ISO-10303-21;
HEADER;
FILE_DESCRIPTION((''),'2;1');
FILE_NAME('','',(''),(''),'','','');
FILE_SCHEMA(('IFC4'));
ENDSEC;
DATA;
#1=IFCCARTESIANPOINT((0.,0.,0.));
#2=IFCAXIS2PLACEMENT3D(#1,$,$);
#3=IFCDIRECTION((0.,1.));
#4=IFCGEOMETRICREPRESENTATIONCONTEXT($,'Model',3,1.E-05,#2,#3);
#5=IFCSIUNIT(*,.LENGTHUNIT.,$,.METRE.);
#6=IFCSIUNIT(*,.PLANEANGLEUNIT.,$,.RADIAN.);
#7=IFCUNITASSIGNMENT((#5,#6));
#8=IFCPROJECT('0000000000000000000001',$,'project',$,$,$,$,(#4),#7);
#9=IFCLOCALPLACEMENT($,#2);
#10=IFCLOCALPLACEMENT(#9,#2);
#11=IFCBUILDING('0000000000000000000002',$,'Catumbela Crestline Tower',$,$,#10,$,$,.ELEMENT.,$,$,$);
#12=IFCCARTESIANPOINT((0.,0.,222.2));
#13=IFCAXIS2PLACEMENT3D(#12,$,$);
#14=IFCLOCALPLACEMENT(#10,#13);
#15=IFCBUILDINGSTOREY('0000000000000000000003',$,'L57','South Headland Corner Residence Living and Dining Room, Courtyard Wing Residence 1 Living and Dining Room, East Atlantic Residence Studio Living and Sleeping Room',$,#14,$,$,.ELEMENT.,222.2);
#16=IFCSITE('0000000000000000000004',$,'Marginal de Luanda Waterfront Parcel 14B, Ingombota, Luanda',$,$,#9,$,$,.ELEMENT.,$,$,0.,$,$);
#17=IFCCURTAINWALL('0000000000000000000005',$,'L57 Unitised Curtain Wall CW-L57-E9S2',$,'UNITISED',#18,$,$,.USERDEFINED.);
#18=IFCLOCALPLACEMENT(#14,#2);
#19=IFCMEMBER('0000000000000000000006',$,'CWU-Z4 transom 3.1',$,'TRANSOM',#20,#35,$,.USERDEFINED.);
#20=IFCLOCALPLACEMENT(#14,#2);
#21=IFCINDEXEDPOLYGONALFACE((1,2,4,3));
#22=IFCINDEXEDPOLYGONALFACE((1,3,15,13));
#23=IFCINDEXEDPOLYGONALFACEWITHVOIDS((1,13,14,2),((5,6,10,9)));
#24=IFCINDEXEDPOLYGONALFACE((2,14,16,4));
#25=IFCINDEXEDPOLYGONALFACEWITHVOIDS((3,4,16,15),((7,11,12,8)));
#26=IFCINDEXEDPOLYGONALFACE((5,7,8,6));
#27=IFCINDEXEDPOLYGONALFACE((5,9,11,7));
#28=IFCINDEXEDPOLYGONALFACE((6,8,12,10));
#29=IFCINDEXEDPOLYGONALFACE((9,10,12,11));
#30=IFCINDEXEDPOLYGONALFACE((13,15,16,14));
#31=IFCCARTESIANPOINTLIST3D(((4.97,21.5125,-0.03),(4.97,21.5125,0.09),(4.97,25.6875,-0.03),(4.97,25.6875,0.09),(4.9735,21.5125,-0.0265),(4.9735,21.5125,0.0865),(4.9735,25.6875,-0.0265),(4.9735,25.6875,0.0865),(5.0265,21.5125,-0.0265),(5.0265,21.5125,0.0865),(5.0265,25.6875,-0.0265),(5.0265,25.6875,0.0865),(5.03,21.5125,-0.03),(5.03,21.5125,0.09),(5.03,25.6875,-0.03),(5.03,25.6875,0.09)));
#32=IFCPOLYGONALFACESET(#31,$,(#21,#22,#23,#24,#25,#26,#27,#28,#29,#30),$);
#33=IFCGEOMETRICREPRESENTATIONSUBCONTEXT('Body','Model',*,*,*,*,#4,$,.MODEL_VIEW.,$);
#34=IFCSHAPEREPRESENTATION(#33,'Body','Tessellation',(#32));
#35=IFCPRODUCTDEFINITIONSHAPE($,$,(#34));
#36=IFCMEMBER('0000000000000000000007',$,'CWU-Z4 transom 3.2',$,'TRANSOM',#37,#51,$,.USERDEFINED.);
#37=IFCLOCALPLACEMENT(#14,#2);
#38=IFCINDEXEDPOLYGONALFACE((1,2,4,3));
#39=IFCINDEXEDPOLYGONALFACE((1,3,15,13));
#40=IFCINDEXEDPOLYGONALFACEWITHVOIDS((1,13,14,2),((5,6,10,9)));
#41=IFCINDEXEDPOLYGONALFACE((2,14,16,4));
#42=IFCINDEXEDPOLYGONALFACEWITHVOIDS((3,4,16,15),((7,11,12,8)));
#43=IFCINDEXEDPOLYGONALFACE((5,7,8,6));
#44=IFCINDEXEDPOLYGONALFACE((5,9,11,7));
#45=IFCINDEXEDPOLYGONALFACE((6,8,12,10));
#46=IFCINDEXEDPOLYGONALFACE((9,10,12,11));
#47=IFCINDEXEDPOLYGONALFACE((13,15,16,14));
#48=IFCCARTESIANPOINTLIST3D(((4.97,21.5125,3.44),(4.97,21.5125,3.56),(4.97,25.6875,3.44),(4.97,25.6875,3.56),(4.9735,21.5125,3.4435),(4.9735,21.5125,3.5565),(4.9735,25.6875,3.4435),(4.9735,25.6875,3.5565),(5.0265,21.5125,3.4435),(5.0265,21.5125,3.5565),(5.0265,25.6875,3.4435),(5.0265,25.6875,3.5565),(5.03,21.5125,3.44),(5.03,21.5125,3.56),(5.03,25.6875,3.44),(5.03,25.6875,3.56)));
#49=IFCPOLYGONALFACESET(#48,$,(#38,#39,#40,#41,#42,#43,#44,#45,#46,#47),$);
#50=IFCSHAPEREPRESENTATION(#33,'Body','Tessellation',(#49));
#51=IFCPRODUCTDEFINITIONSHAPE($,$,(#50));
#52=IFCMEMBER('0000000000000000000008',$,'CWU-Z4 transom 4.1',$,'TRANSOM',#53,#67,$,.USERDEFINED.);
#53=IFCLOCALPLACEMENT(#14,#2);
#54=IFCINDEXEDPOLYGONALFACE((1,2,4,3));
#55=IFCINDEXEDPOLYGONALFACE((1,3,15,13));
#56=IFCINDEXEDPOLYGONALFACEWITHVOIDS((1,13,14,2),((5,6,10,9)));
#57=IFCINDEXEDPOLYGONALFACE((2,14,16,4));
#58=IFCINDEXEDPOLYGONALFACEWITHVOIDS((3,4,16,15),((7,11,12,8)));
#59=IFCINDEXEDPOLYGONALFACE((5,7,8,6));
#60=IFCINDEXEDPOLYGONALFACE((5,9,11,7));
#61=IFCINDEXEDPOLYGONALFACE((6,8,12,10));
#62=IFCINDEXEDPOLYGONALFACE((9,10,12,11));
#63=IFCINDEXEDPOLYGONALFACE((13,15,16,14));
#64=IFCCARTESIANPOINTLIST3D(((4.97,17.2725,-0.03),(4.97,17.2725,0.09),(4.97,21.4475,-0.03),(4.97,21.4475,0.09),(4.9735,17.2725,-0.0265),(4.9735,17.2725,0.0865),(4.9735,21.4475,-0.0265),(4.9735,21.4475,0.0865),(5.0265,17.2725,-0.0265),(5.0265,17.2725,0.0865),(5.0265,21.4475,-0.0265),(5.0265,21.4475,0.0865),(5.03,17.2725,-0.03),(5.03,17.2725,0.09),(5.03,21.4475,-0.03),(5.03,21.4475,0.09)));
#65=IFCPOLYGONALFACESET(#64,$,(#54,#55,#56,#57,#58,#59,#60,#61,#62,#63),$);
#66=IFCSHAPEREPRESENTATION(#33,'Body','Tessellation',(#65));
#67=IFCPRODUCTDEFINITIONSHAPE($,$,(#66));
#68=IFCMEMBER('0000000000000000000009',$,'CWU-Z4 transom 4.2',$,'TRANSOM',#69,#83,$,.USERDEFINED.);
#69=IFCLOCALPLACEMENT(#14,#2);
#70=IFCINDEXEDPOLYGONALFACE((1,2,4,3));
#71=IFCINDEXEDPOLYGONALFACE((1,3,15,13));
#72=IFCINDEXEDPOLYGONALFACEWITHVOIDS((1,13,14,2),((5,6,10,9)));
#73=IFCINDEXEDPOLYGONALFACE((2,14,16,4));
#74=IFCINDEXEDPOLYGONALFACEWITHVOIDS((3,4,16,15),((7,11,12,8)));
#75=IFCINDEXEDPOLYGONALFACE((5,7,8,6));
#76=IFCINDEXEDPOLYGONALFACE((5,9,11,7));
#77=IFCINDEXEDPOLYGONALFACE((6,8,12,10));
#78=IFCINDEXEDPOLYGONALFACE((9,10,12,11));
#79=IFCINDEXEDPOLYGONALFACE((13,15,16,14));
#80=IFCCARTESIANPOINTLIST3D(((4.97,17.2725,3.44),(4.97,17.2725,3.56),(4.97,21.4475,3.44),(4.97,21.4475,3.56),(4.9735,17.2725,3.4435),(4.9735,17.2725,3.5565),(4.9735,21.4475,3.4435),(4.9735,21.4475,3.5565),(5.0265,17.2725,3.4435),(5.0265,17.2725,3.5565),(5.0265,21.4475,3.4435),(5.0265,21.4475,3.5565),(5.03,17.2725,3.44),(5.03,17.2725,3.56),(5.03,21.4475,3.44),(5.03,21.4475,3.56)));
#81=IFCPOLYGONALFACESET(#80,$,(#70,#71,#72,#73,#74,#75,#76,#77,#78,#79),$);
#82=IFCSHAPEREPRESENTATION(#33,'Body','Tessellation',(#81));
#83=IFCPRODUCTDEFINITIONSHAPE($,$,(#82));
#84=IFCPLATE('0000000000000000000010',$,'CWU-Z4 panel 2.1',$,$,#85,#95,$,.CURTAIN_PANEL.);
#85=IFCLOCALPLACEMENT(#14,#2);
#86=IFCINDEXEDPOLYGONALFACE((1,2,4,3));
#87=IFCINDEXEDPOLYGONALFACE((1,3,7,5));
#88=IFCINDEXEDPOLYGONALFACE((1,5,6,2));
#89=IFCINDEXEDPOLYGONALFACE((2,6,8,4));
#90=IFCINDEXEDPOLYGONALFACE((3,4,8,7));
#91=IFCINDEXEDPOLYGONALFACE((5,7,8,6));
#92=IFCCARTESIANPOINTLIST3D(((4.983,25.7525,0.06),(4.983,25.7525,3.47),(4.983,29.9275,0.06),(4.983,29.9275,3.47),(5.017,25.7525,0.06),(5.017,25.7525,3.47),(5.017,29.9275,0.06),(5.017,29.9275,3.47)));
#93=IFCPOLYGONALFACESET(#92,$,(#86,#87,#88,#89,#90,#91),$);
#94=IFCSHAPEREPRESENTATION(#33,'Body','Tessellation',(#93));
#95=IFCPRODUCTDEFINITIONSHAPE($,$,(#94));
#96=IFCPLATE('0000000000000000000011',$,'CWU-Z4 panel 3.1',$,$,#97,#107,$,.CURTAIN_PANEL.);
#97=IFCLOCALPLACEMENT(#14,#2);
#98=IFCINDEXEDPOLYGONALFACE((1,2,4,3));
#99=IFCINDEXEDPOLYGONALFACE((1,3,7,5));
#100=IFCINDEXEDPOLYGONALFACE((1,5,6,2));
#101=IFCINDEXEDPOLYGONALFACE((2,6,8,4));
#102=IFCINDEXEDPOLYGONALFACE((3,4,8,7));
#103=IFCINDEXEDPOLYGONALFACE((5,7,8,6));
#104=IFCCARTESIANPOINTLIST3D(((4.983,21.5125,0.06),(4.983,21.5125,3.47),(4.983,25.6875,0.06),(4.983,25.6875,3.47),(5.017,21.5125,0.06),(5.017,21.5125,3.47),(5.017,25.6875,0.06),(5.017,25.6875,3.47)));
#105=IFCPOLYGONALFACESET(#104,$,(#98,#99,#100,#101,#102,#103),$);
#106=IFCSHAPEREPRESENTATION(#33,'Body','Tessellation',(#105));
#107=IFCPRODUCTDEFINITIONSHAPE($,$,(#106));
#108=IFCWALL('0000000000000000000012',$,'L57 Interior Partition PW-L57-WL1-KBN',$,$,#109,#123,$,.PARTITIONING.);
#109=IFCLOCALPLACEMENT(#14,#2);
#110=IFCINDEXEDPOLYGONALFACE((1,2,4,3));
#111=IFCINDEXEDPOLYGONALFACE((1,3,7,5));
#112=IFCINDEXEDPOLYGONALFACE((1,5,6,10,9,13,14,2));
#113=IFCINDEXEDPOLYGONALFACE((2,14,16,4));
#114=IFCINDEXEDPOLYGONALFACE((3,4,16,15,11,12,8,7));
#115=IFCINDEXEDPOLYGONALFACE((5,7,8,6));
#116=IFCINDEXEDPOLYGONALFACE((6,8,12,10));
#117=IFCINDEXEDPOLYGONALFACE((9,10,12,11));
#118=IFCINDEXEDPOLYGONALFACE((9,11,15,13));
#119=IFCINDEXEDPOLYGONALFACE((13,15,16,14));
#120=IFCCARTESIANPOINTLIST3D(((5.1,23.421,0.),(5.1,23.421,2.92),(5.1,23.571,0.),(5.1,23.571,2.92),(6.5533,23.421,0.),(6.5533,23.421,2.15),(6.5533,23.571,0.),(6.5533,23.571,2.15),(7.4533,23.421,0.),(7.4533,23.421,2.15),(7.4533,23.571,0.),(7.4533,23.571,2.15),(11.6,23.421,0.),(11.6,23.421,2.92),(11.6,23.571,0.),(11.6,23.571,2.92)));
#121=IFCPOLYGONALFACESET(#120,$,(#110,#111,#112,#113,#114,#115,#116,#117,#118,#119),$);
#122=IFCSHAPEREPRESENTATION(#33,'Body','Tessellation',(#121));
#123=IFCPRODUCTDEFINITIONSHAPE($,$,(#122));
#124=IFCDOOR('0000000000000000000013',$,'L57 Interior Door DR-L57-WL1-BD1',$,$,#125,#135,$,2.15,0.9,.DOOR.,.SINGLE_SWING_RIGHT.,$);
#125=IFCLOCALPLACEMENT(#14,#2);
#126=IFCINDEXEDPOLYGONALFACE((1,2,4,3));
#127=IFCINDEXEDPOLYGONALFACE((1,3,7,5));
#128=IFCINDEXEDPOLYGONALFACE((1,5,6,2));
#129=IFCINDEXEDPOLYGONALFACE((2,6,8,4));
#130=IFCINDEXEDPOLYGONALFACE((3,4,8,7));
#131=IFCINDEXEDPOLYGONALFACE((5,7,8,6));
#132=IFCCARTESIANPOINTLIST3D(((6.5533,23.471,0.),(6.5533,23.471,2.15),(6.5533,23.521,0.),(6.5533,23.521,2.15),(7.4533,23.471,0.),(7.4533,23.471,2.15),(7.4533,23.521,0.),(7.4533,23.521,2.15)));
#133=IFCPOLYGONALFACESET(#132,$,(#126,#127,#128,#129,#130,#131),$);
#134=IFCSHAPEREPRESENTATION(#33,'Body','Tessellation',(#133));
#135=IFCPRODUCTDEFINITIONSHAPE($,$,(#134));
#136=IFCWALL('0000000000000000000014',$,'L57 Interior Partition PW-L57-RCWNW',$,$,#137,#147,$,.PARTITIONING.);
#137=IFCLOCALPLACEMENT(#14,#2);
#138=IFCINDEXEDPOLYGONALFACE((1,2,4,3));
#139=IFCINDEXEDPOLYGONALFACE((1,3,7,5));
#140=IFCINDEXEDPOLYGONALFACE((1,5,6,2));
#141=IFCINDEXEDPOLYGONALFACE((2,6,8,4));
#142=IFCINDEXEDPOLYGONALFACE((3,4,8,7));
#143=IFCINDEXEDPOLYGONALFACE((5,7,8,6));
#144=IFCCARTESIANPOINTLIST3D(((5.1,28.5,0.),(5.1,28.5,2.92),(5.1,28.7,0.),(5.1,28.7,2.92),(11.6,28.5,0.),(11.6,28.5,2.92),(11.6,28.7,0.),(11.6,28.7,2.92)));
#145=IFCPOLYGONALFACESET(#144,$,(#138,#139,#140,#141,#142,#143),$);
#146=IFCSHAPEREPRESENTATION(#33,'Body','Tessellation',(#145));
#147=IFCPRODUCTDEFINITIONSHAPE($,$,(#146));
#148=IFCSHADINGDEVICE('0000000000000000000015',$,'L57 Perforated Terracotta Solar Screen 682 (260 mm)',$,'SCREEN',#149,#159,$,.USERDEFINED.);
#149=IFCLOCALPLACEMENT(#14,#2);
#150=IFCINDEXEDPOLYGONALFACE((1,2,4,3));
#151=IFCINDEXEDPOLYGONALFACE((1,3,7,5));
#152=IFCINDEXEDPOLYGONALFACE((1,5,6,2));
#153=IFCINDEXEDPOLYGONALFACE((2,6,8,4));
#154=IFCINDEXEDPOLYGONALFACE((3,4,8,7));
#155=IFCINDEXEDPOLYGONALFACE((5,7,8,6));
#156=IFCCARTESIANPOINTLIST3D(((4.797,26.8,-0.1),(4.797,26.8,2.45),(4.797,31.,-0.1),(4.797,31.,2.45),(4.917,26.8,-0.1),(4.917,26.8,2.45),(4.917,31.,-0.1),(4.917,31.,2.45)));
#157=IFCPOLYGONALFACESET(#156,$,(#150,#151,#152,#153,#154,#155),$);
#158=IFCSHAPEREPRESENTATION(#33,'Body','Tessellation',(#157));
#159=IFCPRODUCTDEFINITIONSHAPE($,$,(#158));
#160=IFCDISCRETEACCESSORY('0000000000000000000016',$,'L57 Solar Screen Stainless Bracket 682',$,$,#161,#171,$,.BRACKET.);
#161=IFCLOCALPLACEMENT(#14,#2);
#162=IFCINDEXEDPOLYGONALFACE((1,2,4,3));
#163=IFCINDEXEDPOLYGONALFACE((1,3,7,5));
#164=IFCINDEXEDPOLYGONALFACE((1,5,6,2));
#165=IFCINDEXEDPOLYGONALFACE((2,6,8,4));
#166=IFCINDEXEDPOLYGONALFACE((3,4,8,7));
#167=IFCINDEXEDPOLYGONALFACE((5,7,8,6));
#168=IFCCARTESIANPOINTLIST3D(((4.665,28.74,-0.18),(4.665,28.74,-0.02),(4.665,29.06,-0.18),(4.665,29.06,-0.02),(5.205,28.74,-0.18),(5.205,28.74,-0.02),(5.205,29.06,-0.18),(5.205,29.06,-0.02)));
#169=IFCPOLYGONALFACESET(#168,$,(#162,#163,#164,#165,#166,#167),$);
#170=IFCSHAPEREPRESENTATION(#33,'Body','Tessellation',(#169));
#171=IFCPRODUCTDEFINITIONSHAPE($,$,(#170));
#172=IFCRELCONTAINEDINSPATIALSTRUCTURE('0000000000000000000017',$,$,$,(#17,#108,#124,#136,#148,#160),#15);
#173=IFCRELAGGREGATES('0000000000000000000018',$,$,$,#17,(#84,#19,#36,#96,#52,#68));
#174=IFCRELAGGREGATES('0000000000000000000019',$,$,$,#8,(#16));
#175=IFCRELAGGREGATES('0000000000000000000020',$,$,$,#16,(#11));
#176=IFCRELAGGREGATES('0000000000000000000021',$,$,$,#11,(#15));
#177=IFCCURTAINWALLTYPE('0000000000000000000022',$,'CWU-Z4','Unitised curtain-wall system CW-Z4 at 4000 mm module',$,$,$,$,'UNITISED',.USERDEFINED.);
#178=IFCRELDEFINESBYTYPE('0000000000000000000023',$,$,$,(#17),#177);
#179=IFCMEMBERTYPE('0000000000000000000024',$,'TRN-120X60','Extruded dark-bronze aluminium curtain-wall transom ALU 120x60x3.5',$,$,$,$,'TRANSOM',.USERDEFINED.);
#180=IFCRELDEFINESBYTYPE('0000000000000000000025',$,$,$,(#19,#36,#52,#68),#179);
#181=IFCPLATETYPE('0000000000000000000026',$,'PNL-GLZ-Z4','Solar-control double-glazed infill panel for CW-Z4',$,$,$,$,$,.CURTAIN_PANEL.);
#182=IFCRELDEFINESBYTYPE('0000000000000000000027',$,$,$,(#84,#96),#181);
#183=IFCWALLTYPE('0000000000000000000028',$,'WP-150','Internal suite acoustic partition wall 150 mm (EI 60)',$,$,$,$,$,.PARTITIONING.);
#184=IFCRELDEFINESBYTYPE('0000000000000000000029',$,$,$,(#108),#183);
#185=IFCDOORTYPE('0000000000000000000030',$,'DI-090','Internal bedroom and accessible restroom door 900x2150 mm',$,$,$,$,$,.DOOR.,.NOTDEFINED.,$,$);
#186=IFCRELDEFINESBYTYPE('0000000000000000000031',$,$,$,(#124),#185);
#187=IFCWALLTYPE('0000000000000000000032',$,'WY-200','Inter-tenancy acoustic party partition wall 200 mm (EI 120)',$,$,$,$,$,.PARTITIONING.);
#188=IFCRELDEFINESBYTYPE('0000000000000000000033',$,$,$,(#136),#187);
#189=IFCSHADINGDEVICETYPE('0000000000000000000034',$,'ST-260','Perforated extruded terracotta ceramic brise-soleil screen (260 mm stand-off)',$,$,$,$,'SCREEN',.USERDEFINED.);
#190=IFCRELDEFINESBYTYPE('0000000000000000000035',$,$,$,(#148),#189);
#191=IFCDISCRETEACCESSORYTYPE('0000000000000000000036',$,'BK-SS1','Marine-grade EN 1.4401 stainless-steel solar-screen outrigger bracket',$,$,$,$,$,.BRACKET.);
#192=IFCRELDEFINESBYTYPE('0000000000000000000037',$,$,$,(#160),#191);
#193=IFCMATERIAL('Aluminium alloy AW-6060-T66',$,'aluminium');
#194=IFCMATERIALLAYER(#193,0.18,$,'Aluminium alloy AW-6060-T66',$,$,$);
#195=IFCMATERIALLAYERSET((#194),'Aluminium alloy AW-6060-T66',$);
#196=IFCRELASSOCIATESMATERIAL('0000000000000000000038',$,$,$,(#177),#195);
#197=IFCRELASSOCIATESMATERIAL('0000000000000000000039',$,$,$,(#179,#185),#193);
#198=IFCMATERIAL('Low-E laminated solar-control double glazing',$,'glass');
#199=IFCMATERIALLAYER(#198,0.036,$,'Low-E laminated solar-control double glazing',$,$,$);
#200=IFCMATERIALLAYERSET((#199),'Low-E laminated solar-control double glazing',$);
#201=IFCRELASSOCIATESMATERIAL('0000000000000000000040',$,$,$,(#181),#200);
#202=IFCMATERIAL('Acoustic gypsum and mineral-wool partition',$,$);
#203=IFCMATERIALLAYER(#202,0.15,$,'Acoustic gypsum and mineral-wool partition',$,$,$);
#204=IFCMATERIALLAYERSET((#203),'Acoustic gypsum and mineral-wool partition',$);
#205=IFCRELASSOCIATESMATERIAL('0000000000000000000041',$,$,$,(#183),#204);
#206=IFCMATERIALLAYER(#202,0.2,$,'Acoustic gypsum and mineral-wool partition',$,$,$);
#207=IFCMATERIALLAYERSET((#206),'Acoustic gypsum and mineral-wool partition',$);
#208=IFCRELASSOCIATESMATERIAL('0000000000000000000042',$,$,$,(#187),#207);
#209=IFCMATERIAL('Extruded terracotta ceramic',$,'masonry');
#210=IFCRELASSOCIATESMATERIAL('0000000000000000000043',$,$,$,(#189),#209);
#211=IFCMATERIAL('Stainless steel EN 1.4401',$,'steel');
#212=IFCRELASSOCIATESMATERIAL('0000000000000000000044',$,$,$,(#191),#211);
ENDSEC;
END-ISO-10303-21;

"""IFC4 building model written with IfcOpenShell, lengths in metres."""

from ifc_helpers import new_model, si_unit, direction, frame, frame_2d, origin, origin_2d, place, context, subcontext, project, spatial, rectangle, hollow_rectangle, extrude, material, layer, layer_set, material_profile, profile_set, type_object, element, fill, aggregate, save


model = new_model("IFC4")

# Units and contexts
model_context = context("Model", 3, precision=1e-05, world=origin(), true_north=direction((0.0, 1.0)))
body_context = subcontext(model_context, "Body", "Model", "MODEL_VIEW")
ifc_project = project(units=[si_unit("LENGTHUNIT", "METRE"), si_unit("PLANEANGLEUNIT", "RADIAN")], contexts=[model_context])

# Site, building, storey
site_placement = place(None, origin())
site = spatial("IfcSite", under=ifc_project, at=site_placement, Name="Marginal de Luanda Waterfront Parcel 14B, Ingombota, Luanda", CompositionType="ELEMENT", RefElevation=0.0)
building_placement = place(site_placement, origin())
building = spatial("IfcBuilding", under=site, at=building_placement, Name="Catumbela Crestline Tower", CompositionType="ELEMENT")
storey_placement = place(building_placement, frame((0.0, 0.0, 222.2)))
storey = spatial("IfcBuildingStorey", under=building, at=storey_placement, Name="L57", Description="South Headland Corner Residence Living and Dining Room, Courtyard Wing Residence 1 Living and Dining Room, East Atlantic Residence Studio Living and Sleeping Room", CompositionType="ELEMENT", Elevation=222.2)

# Curtain wall
ifc_material_1 = material(Name="Aluminium alloy AW-6060-T66", Category="aluminium")
ifc_layer_1 = layer(ifc_material_1, 0.18, Name="Aluminium alloy AW-6060-T66")
ifc_layer_set_1 = layer_set([ifc_layer_1], Name="Aluminium alloy AW-6060-T66")
curtain_wall_type = type_object("IfcCurtainWallType", Name="CWU-Z4", Description="Unitised curtain-wall system CW-Z4 at 4000 mm module", ElementType="UNITISED", PredefinedType="USERDEFINED", material=ifc_layer_set_1)
curtain_wall_placement = place(storey_placement, origin())
curtain_wall = element("IfcCurtainWall", 1, at=curtain_wall_placement, inside=storey, type_object=curtain_wall_type, Name="L57 Unitised Curtain Wall CW-L57-E9S2", ObjectType="UNITISED", PredefinedType="USERDEFINED")

# Members
ifc_material_profile_1 = material_profile(ifc_material_1, hollow_rectangle(XDim=0.06, YDim=0.12, WallThickness=0.0035, at=origin_2d()), Name="ALU 120x60x3.5")
ifc_profile_set_1 = profile_set([ifc_material_profile_1], Name="Aluminium alloy AW-6060-T66")
member_type_1 = type_object("IfcMemberType", Name="TRN-120X60", Description="Extruded dark-bronze aluminium curtain-wall transom ALU 120x60x3.5", ElementType="TRANSOM", PredefinedType="USERDEFINED", material=ifc_profile_set_1)
member_1_placement = place(storey_placement, frame((5.0, 25.6875, 0.03), z_axis=(0.0, -1.0, 0.0), x_axis=(1.0, 0.0, 0.0)))
member_1 = element("IfcMember", 2, at=member_1_placement, type_object=member_type_1, Name="CWU-Z4 transom 3.1", ObjectType="TRANSOM", PredefinedType="USERDEFINED", context=body_context, shape_type="SweptSolid", body=[
    extrude(hollow_rectangle(XDim=0.06, YDim=0.12, WallThickness=0.0035, at=origin_2d()), origin(), (0.0, 0.0, 1.0), 4.175),
])
member_2_placement = place(storey_placement, frame((5.0, 25.6875, 3.5), z_axis=(0.0, -1.0, 0.0), x_axis=(1.0, 0.0, 0.0)))
member_2 = element("IfcMember", 3, at=member_2_placement, type_object=member_type_1, Name="CWU-Z4 transom 3.2", ObjectType="TRANSOM", PredefinedType="USERDEFINED", context=body_context, shape_type="SweptSolid", body=[
    extrude(hollow_rectangle(XDim=0.06, YDim=0.12, WallThickness=0.0035, at=origin_2d()), origin(), (0.0, 0.0, 1.0), 4.175),
])
member_3_placement = place(storey_placement, frame((5.0, 21.4475, 0.03), z_axis=(0.0, -1.0, 0.0), x_axis=(1.0, 0.0, 0.0)))
member_3 = element("IfcMember", 4, at=member_3_placement, type_object=member_type_1, Name="CWU-Z4 transom 4.1", ObjectType="TRANSOM", PredefinedType="USERDEFINED", context=body_context, shape_type="SweptSolid", body=[
    extrude(hollow_rectangle(XDim=0.06, YDim=0.12, WallThickness=0.0035, at=origin_2d()), origin(), (0.0, 0.0, 1.0), 4.175),
])
member_4_placement = place(storey_placement, frame((5.0, 21.4475, 3.5), z_axis=(0.0, -1.0, 0.0), x_axis=(1.0, 0.0, 0.0)))
member_4 = element("IfcMember", 5, at=member_4_placement, type_object=member_type_1, Name="CWU-Z4 transom 4.2", ObjectType="TRANSOM", PredefinedType="USERDEFINED", context=body_context, shape_type="SweptSolid", body=[
    extrude(hollow_rectangle(XDim=0.06, YDim=0.12, WallThickness=0.0035, at=origin_2d()), origin(), (0.0, 0.0, 1.0), 4.175),
])

# Plates
ifc_material_2 = material(Name="Low-E laminated solar-control double glazing", Category="glass")
ifc_layer_2 = layer(ifc_material_2, 0.036, Name="Low-E laminated solar-control double glazing")
ifc_layer_set_2 = layer_set([ifc_layer_2], Name="Low-E laminated solar-control double glazing")
plate_type = type_object("IfcPlateType", Name="PNL-GLZ-Z4", Description="Solar-control double-glazed infill panel for CW-Z4", PredefinedType="CURTAIN_PANEL", material=ifc_layer_set_2)
plate_1_placement = place(storey_placement, frame((5.0, 27.84, 0.06), z_axis=(0.0, 0.0, 1.0), x_axis=(0.0, -1.0, 0.0)))
plate_1 = element("IfcPlate", 6, at=plate_1_placement, type_object=plate_type, Name="CWU-Z4 panel 2.1", PredefinedType="CURTAIN_PANEL", context=body_context, shape_type="SweptSolid", body=[
    extrude(rectangle(XDim=4.175, YDim=0.034, at=origin_2d()), origin(), (0.0, 0.0, 1.0), 3.41),
])
plate_2_placement = place(storey_placement, frame((5.0, 23.6, 0.06), z_axis=(0.0, 0.0, 1.0), x_axis=(0.0, -1.0, 0.0)))
plate_2 = element("IfcPlate", 7, at=plate_2_placement, type_object=plate_type, Name="CWU-Z4 panel 3.1", PredefinedType="CURTAIN_PANEL", context=body_context, shape_type="SweptSolid", body=[
    extrude(rectangle(XDim=4.175, YDim=0.034, at=origin_2d()), origin(), (0.0, 0.0, 1.0), 3.41),
])
aggregate(curtain_wall, [plate_1, member_1, member_2, plate_2, member_3, member_4])

# Wall, opening, door
ifc_material_3 = material(Name="Acoustic gypsum and mineral-wool partition")
ifc_layer_3 = layer(ifc_material_3, 0.15, Name="Acoustic gypsum and mineral-wool partition")
ifc_layer_set_3 = layer_set([ifc_layer_3], Name="Acoustic gypsum and mineral-wool partition")
wall_type_1 = type_object("IfcWallType", Name="WP-150", Description="Internal suite acoustic partition wall 150 mm (EI 60)", PredefinedType="PARTITIONING", material=ifc_layer_set_3)
wall_1_placement = place(storey_placement, frame((5.1, 23.496, 0.0), z_axis=(0.0, 0.0, 1.0), x_axis=(1.0, 0.0, 0.0)))
wall_1 = element("IfcWall", 8, at=wall_1_placement, inside=storey, type_object=wall_type_1, Name="L57 Interior Partition PW-L57-WL1-KBN", PredefinedType="PARTITIONING", context=body_context, shape_type="SweptSolid", body=[
    extrude(rectangle(XDim=6.5, YDim=0.15, at=frame_2d((3.25, 0.0))), origin(), (0.0, 0.0, 1.0), 2.92),
])
opening_placement = place(wall_1_placement, frame((1.4533, 0.0, 0.0)))
opening = element("IfcOpeningElement", 9, at=opening_placement, cuts=wall_1, PredefinedType="OPENING", context=body_context, shape_type="SweptSolid", body=[
    extrude(rectangle(XDim=0.9, YDim=2.15, at=frame_2d((0.45, 1.075))), frame((0.0, 0.085, 0.0), z_axis=(0.0, -1.0, 0.0), x_axis=(1.0, 0.0, 0.0)), (0.0, 0.0, 1.0), 0.17),
])
door_type = type_object("IfcDoorType", Name="DI-090", Description="Internal bedroom and accessible restroom door 900x2150 mm", OperationType="NOTDEFINED", PredefinedType="DOOR", material=ifc_material_1)
door_placement = place(opening_placement, origin())
door = element("IfcDoor", 10, at=door_placement, inside=storey, type_object=door_type, Name="L57 Interior Door DR-L57-WL1-BD1", OperationType="SINGLE_SWING_RIGHT", OverallHeight=2.15, OverallWidth=0.9, PredefinedType="DOOR", context=body_context, shape_type="SweptSolid", body=[
    extrude(rectangle(XDim=0.9, YDim=2.15, at=frame_2d((0.45, 1.075))), frame((0.0, 0.025, 0.0), z_axis=(0.0, -1.0, 0.0), x_axis=(1.0, 0.0, 0.0)), (0.0, 0.0, 1.0), 0.05),
])
fill(opening, door)

# Wall
ifc_layer_4 = layer(ifc_material_3, 0.2, Name="Acoustic gypsum and mineral-wool partition")
ifc_layer_set_4 = layer_set([ifc_layer_4], Name="Acoustic gypsum and mineral-wool partition")
wall_type_2 = type_object("IfcWallType", Name="WY-200", Description="Inter-tenancy acoustic party partition wall 200 mm (EI 120)", PredefinedType="PARTITIONING", material=ifc_layer_set_4)
wall_2_placement = place(storey_placement, frame((5.1, 28.6, 0.0), z_axis=(0.0, 0.0, 1.0), x_axis=(1.0, 0.0, 0.0)))
element("IfcWall", 11, at=wall_2_placement, inside=storey, type_object=wall_type_2, Name="L57 Interior Partition PW-L57-RCWNW", PredefinedType="PARTITIONING", context=body_context, shape_type="SweptSolid", body=[
    extrude(rectangle(XDim=6.5, YDim=0.2, at=frame_2d((3.25, 0.0))), origin(), (0.0, 0.0, 1.0), 2.92),
])

# Shading device
ifc_material_4 = material(Name="Extruded terracotta ceramic", Category="masonry")
shading_device_type = type_object("IfcShadingDeviceType", Name="ST-260", Description="Perforated extruded terracotta ceramic brise-soleil screen (260 mm stand-off)", ElementType="SCREEN", PredefinedType="USERDEFINED", material=ifc_material_4)
shading_device_placement = place(storey_placement, frame((4.857, 28.9, -0.1), z_axis=(0.0, 0.0, 1.0), x_axis=(0.0, -1.0, 0.0)))
element("IfcShadingDevice", 12, at=shading_device_placement, inside=storey, type_object=shading_device_type, Name="L57 Perforated Terracotta Solar Screen 682 (260 mm)", ObjectType="SCREEN", PredefinedType="USERDEFINED", context=body_context, shape_type="SweptSolid", body=[
    extrude(rectangle(XDim=4.2, YDim=0.12, at=origin_2d()), origin(), (0.0, 0.0, 1.0), 2.55),
])

# Discrete accessory
ifc_material_5 = material(Name="Stainless steel EN 1.4401", Category="steel")
discrete_accessory_type = type_object("IfcDiscreteAccessoryType", Name="BK-SS1", Description="Marine-grade EN 1.4401 stainless-steel solar-screen outrigger bracket", PredefinedType="BRACKET", material=ifc_material_5)
discrete_accessory_placement = place(storey_placement, frame((4.935, 28.9, -0.18), z_axis=(0.0, 0.0, 1.0), x_axis=(0.0, -1.0, 0.0)))
element("IfcDiscreteAccessory", 13, at=discrete_accessory_placement, inside=storey, type_object=discrete_accessory_type, Name="L57 Solar Screen Stainless Bracket 682", PredefinedType="BRACKET", context=body_context, shape_type="SweptSolid", body=[
    extrude(rectangle(XDim=0.32, YDim=0.54, at=origin_2d()), origin(), (0.0, 0.0, 1.0), 0.16),
])

save(model, "model.ifc")
